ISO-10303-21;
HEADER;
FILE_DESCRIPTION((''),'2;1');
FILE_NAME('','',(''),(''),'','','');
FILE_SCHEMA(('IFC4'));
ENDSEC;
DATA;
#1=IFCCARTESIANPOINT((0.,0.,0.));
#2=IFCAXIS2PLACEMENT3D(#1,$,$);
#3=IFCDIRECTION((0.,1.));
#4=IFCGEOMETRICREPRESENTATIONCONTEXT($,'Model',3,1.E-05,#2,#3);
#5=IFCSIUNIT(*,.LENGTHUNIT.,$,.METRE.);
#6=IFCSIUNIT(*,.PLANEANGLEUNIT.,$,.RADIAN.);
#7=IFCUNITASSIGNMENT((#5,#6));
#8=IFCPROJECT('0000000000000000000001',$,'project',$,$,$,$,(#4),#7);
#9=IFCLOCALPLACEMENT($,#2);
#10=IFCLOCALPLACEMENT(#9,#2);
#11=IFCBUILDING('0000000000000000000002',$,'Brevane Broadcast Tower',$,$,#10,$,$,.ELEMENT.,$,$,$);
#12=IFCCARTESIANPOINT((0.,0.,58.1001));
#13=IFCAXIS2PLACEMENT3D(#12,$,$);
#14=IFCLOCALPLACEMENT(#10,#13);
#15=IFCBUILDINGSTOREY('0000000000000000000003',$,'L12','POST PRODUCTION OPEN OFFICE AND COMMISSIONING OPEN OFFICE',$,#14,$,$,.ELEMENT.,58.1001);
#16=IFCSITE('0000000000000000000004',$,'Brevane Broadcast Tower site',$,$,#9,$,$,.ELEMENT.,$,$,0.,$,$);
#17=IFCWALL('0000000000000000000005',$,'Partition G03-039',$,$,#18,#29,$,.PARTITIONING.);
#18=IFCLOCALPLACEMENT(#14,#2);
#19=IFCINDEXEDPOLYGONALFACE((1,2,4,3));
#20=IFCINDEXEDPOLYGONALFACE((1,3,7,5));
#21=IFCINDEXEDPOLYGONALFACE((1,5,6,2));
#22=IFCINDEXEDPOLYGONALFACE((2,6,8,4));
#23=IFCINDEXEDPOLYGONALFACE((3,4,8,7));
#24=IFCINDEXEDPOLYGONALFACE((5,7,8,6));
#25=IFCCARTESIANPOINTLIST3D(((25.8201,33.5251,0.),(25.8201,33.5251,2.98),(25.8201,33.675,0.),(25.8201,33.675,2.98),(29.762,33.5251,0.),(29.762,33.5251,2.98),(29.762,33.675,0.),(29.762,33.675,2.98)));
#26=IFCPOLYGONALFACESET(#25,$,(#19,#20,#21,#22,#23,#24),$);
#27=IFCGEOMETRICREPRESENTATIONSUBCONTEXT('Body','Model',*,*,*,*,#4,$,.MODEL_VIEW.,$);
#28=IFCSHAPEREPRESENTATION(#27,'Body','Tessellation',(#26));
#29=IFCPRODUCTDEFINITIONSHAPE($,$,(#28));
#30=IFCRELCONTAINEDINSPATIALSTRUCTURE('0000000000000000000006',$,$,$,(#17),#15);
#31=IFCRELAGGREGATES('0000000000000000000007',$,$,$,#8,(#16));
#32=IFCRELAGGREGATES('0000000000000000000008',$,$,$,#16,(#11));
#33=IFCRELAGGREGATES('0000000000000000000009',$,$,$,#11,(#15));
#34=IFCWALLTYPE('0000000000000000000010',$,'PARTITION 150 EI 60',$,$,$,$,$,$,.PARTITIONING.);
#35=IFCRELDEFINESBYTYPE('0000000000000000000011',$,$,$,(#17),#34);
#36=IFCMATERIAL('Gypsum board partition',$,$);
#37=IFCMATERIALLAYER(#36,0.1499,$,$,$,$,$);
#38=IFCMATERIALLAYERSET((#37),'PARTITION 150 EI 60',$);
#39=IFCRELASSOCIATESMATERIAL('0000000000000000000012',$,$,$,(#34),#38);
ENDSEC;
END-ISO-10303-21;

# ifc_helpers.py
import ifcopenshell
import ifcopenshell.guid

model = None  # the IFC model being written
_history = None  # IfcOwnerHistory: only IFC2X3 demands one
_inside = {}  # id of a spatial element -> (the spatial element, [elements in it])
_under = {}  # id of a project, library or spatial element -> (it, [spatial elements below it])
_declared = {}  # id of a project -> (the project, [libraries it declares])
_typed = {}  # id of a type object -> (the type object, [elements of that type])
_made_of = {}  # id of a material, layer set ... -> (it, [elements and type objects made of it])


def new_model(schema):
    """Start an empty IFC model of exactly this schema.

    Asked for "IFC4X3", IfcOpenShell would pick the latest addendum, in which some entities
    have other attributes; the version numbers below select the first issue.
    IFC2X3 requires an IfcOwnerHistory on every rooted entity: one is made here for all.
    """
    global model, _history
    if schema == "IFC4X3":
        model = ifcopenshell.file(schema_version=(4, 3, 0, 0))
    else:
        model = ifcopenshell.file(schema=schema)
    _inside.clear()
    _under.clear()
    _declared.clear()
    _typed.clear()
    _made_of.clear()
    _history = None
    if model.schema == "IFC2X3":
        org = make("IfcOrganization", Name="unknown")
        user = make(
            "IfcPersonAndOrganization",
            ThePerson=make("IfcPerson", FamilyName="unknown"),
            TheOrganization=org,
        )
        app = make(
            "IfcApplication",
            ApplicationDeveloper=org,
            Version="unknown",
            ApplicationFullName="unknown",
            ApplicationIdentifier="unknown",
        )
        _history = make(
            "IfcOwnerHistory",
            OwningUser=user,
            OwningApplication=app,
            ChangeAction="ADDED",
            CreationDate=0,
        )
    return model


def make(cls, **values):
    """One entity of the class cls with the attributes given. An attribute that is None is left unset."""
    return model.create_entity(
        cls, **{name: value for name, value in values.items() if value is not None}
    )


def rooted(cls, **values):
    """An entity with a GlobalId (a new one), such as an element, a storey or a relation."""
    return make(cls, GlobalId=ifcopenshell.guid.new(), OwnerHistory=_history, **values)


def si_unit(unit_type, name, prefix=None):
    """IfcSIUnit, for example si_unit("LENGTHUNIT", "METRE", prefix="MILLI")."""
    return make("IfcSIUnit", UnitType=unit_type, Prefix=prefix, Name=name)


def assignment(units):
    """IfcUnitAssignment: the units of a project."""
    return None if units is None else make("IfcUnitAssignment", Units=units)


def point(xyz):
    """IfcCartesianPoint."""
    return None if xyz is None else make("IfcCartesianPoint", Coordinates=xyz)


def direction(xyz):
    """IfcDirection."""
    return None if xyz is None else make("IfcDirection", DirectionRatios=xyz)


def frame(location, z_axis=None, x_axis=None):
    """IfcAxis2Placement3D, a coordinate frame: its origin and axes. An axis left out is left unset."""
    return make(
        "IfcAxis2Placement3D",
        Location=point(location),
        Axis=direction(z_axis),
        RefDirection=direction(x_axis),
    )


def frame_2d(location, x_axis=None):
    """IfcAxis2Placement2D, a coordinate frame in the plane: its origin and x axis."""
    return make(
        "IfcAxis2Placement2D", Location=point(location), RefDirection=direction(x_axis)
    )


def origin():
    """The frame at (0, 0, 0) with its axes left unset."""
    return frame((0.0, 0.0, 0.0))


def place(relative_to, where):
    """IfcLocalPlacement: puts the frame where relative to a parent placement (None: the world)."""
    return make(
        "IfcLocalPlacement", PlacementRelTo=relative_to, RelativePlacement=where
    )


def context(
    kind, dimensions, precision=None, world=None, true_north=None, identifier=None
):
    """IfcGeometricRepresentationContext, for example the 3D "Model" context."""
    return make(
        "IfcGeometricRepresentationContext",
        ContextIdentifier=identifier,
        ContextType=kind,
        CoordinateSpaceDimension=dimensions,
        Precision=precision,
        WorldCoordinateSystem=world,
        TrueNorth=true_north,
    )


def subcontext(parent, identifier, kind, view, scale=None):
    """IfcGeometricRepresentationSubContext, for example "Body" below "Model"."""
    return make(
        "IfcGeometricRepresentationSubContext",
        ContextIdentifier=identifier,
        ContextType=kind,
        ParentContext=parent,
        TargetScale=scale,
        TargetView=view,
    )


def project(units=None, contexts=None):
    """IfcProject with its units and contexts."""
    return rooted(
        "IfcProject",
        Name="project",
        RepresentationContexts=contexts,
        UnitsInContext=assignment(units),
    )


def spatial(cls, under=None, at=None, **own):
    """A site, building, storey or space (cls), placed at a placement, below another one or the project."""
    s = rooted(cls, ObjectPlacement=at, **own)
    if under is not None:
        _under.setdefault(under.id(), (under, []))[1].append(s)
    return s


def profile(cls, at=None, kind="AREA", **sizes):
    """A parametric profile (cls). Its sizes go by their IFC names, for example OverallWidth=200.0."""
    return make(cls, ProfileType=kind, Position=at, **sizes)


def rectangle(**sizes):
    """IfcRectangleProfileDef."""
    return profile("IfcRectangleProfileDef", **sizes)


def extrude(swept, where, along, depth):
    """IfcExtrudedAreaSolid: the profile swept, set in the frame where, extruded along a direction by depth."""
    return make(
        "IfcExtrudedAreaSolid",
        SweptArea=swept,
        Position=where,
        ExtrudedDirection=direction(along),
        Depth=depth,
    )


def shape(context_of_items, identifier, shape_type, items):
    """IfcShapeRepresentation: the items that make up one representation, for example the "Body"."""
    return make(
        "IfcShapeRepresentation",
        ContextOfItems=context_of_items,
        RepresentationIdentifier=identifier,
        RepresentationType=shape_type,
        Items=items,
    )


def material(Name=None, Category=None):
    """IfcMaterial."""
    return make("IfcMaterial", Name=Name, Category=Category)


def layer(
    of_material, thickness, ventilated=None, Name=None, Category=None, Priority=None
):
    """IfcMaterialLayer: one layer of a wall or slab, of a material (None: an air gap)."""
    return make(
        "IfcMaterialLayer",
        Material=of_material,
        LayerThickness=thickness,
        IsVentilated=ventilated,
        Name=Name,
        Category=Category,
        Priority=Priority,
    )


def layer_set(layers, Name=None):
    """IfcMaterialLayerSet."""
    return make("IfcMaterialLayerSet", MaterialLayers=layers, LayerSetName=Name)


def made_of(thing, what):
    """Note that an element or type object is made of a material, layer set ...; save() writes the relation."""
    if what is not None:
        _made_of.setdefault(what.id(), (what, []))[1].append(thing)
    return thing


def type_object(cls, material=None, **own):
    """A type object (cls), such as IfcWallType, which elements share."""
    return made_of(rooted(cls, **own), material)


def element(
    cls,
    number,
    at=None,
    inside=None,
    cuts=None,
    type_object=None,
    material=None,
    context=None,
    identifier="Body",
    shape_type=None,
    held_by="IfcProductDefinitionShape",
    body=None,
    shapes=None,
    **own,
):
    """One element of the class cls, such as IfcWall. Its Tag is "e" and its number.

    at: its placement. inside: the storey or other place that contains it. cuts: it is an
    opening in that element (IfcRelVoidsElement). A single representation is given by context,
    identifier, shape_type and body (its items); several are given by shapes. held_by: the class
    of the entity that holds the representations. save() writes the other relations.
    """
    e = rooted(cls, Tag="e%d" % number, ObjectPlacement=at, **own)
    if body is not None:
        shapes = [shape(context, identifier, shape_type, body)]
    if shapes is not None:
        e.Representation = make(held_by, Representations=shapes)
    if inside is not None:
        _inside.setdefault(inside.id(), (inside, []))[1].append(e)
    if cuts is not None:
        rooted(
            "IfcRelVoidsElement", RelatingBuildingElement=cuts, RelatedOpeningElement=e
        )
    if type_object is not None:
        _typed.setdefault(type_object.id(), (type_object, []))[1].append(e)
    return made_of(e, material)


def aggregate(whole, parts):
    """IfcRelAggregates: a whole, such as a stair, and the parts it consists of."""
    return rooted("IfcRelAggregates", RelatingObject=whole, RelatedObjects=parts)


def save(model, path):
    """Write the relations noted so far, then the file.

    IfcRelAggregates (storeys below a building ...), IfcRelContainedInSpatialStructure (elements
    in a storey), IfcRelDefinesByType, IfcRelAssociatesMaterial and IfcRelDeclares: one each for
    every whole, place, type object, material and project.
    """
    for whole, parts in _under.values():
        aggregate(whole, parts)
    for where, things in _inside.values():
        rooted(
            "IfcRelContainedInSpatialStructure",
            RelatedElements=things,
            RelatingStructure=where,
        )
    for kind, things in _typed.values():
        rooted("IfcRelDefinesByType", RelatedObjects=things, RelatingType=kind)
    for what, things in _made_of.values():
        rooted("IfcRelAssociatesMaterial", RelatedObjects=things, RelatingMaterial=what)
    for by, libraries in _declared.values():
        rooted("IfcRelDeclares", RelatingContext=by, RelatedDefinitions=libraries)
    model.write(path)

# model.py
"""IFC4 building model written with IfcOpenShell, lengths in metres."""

from ifc_helpers import new_model, si_unit, direction, frame, frame_2d, origin, place, context, subcontext, project, spatial, rectangle, extrude, material, layer, layer_set, type_object, element, save


model = new_model("IFC4")

# Units and contexts
model_context = context("Model", 3, precision=1e-05, world=origin(), true_north=direction((0.0, 1.0)))
body_context = subcontext(model_context, "Body", "Model", "MODEL_VIEW")
ifc_project = project(units=[si_unit("LENGTHUNIT", "METRE"), si_unit("PLANEANGLEUNIT", "RADIAN")], contexts=[model_context])

# Site, building, storey
site_placement = place(None, origin())
site = spatial("IfcSite", under=ifc_project, at=site_placement, Name="Brevane Broadcast Tower site", CompositionType="ELEMENT", RefElevation=0.0)
building_placement = place(site_placement, origin())
building = spatial("IfcBuilding", under=site, at=building_placement, Name="Brevane Broadcast Tower", CompositionType="ELEMENT")
storey_placement = place(building_placement, frame((0.0, 0.0, 58.1001)))
storey = spatial("IfcBuildingStorey", under=building, at=storey_placement, Name="L12", Description="POST PRODUCTION OPEN OFFICE AND COMMISSIONING OPEN OFFICE", CompositionType="ELEMENT", Elevation=58.1001)

# Shared definitions
ifc_material_1 = material(Name="Gypsum board partition")

# Wall
ifc_layer_1 = layer(ifc_material_1, 0.1499)
ifc_layer_set_1 = layer_set([ifc_layer_1], Name="PARTITION 150 EI 60")
wall_type_1 = type_object("IfcWallType", Name="PARTITION 150 EI 60", PredefinedType="PARTITIONING", material=ifc_layer_set_1)
wall_1_placement = place(storey_placement, frame((25.8201, 33.6001, 0.0), z_axis=(0.0, 0.0, 1.0), x_axis=(1.0, 0.0, 0.0)))
element("IfcWall", 1, at=wall_1_placement, inside=storey, type_object=wall_type_1, Name="Partition G03-039", PredefinedType="PARTITIONING", context=body_context, shape_type="SweptSolid", body=[
    extrude(rectangle(XDim=3.9419, YDim=0.1499, at=frame_2d((1.9709, 0.0))), origin(), (0.0, 0.0, 1.0), 2.98),
])

save(model, "model.ifc")
